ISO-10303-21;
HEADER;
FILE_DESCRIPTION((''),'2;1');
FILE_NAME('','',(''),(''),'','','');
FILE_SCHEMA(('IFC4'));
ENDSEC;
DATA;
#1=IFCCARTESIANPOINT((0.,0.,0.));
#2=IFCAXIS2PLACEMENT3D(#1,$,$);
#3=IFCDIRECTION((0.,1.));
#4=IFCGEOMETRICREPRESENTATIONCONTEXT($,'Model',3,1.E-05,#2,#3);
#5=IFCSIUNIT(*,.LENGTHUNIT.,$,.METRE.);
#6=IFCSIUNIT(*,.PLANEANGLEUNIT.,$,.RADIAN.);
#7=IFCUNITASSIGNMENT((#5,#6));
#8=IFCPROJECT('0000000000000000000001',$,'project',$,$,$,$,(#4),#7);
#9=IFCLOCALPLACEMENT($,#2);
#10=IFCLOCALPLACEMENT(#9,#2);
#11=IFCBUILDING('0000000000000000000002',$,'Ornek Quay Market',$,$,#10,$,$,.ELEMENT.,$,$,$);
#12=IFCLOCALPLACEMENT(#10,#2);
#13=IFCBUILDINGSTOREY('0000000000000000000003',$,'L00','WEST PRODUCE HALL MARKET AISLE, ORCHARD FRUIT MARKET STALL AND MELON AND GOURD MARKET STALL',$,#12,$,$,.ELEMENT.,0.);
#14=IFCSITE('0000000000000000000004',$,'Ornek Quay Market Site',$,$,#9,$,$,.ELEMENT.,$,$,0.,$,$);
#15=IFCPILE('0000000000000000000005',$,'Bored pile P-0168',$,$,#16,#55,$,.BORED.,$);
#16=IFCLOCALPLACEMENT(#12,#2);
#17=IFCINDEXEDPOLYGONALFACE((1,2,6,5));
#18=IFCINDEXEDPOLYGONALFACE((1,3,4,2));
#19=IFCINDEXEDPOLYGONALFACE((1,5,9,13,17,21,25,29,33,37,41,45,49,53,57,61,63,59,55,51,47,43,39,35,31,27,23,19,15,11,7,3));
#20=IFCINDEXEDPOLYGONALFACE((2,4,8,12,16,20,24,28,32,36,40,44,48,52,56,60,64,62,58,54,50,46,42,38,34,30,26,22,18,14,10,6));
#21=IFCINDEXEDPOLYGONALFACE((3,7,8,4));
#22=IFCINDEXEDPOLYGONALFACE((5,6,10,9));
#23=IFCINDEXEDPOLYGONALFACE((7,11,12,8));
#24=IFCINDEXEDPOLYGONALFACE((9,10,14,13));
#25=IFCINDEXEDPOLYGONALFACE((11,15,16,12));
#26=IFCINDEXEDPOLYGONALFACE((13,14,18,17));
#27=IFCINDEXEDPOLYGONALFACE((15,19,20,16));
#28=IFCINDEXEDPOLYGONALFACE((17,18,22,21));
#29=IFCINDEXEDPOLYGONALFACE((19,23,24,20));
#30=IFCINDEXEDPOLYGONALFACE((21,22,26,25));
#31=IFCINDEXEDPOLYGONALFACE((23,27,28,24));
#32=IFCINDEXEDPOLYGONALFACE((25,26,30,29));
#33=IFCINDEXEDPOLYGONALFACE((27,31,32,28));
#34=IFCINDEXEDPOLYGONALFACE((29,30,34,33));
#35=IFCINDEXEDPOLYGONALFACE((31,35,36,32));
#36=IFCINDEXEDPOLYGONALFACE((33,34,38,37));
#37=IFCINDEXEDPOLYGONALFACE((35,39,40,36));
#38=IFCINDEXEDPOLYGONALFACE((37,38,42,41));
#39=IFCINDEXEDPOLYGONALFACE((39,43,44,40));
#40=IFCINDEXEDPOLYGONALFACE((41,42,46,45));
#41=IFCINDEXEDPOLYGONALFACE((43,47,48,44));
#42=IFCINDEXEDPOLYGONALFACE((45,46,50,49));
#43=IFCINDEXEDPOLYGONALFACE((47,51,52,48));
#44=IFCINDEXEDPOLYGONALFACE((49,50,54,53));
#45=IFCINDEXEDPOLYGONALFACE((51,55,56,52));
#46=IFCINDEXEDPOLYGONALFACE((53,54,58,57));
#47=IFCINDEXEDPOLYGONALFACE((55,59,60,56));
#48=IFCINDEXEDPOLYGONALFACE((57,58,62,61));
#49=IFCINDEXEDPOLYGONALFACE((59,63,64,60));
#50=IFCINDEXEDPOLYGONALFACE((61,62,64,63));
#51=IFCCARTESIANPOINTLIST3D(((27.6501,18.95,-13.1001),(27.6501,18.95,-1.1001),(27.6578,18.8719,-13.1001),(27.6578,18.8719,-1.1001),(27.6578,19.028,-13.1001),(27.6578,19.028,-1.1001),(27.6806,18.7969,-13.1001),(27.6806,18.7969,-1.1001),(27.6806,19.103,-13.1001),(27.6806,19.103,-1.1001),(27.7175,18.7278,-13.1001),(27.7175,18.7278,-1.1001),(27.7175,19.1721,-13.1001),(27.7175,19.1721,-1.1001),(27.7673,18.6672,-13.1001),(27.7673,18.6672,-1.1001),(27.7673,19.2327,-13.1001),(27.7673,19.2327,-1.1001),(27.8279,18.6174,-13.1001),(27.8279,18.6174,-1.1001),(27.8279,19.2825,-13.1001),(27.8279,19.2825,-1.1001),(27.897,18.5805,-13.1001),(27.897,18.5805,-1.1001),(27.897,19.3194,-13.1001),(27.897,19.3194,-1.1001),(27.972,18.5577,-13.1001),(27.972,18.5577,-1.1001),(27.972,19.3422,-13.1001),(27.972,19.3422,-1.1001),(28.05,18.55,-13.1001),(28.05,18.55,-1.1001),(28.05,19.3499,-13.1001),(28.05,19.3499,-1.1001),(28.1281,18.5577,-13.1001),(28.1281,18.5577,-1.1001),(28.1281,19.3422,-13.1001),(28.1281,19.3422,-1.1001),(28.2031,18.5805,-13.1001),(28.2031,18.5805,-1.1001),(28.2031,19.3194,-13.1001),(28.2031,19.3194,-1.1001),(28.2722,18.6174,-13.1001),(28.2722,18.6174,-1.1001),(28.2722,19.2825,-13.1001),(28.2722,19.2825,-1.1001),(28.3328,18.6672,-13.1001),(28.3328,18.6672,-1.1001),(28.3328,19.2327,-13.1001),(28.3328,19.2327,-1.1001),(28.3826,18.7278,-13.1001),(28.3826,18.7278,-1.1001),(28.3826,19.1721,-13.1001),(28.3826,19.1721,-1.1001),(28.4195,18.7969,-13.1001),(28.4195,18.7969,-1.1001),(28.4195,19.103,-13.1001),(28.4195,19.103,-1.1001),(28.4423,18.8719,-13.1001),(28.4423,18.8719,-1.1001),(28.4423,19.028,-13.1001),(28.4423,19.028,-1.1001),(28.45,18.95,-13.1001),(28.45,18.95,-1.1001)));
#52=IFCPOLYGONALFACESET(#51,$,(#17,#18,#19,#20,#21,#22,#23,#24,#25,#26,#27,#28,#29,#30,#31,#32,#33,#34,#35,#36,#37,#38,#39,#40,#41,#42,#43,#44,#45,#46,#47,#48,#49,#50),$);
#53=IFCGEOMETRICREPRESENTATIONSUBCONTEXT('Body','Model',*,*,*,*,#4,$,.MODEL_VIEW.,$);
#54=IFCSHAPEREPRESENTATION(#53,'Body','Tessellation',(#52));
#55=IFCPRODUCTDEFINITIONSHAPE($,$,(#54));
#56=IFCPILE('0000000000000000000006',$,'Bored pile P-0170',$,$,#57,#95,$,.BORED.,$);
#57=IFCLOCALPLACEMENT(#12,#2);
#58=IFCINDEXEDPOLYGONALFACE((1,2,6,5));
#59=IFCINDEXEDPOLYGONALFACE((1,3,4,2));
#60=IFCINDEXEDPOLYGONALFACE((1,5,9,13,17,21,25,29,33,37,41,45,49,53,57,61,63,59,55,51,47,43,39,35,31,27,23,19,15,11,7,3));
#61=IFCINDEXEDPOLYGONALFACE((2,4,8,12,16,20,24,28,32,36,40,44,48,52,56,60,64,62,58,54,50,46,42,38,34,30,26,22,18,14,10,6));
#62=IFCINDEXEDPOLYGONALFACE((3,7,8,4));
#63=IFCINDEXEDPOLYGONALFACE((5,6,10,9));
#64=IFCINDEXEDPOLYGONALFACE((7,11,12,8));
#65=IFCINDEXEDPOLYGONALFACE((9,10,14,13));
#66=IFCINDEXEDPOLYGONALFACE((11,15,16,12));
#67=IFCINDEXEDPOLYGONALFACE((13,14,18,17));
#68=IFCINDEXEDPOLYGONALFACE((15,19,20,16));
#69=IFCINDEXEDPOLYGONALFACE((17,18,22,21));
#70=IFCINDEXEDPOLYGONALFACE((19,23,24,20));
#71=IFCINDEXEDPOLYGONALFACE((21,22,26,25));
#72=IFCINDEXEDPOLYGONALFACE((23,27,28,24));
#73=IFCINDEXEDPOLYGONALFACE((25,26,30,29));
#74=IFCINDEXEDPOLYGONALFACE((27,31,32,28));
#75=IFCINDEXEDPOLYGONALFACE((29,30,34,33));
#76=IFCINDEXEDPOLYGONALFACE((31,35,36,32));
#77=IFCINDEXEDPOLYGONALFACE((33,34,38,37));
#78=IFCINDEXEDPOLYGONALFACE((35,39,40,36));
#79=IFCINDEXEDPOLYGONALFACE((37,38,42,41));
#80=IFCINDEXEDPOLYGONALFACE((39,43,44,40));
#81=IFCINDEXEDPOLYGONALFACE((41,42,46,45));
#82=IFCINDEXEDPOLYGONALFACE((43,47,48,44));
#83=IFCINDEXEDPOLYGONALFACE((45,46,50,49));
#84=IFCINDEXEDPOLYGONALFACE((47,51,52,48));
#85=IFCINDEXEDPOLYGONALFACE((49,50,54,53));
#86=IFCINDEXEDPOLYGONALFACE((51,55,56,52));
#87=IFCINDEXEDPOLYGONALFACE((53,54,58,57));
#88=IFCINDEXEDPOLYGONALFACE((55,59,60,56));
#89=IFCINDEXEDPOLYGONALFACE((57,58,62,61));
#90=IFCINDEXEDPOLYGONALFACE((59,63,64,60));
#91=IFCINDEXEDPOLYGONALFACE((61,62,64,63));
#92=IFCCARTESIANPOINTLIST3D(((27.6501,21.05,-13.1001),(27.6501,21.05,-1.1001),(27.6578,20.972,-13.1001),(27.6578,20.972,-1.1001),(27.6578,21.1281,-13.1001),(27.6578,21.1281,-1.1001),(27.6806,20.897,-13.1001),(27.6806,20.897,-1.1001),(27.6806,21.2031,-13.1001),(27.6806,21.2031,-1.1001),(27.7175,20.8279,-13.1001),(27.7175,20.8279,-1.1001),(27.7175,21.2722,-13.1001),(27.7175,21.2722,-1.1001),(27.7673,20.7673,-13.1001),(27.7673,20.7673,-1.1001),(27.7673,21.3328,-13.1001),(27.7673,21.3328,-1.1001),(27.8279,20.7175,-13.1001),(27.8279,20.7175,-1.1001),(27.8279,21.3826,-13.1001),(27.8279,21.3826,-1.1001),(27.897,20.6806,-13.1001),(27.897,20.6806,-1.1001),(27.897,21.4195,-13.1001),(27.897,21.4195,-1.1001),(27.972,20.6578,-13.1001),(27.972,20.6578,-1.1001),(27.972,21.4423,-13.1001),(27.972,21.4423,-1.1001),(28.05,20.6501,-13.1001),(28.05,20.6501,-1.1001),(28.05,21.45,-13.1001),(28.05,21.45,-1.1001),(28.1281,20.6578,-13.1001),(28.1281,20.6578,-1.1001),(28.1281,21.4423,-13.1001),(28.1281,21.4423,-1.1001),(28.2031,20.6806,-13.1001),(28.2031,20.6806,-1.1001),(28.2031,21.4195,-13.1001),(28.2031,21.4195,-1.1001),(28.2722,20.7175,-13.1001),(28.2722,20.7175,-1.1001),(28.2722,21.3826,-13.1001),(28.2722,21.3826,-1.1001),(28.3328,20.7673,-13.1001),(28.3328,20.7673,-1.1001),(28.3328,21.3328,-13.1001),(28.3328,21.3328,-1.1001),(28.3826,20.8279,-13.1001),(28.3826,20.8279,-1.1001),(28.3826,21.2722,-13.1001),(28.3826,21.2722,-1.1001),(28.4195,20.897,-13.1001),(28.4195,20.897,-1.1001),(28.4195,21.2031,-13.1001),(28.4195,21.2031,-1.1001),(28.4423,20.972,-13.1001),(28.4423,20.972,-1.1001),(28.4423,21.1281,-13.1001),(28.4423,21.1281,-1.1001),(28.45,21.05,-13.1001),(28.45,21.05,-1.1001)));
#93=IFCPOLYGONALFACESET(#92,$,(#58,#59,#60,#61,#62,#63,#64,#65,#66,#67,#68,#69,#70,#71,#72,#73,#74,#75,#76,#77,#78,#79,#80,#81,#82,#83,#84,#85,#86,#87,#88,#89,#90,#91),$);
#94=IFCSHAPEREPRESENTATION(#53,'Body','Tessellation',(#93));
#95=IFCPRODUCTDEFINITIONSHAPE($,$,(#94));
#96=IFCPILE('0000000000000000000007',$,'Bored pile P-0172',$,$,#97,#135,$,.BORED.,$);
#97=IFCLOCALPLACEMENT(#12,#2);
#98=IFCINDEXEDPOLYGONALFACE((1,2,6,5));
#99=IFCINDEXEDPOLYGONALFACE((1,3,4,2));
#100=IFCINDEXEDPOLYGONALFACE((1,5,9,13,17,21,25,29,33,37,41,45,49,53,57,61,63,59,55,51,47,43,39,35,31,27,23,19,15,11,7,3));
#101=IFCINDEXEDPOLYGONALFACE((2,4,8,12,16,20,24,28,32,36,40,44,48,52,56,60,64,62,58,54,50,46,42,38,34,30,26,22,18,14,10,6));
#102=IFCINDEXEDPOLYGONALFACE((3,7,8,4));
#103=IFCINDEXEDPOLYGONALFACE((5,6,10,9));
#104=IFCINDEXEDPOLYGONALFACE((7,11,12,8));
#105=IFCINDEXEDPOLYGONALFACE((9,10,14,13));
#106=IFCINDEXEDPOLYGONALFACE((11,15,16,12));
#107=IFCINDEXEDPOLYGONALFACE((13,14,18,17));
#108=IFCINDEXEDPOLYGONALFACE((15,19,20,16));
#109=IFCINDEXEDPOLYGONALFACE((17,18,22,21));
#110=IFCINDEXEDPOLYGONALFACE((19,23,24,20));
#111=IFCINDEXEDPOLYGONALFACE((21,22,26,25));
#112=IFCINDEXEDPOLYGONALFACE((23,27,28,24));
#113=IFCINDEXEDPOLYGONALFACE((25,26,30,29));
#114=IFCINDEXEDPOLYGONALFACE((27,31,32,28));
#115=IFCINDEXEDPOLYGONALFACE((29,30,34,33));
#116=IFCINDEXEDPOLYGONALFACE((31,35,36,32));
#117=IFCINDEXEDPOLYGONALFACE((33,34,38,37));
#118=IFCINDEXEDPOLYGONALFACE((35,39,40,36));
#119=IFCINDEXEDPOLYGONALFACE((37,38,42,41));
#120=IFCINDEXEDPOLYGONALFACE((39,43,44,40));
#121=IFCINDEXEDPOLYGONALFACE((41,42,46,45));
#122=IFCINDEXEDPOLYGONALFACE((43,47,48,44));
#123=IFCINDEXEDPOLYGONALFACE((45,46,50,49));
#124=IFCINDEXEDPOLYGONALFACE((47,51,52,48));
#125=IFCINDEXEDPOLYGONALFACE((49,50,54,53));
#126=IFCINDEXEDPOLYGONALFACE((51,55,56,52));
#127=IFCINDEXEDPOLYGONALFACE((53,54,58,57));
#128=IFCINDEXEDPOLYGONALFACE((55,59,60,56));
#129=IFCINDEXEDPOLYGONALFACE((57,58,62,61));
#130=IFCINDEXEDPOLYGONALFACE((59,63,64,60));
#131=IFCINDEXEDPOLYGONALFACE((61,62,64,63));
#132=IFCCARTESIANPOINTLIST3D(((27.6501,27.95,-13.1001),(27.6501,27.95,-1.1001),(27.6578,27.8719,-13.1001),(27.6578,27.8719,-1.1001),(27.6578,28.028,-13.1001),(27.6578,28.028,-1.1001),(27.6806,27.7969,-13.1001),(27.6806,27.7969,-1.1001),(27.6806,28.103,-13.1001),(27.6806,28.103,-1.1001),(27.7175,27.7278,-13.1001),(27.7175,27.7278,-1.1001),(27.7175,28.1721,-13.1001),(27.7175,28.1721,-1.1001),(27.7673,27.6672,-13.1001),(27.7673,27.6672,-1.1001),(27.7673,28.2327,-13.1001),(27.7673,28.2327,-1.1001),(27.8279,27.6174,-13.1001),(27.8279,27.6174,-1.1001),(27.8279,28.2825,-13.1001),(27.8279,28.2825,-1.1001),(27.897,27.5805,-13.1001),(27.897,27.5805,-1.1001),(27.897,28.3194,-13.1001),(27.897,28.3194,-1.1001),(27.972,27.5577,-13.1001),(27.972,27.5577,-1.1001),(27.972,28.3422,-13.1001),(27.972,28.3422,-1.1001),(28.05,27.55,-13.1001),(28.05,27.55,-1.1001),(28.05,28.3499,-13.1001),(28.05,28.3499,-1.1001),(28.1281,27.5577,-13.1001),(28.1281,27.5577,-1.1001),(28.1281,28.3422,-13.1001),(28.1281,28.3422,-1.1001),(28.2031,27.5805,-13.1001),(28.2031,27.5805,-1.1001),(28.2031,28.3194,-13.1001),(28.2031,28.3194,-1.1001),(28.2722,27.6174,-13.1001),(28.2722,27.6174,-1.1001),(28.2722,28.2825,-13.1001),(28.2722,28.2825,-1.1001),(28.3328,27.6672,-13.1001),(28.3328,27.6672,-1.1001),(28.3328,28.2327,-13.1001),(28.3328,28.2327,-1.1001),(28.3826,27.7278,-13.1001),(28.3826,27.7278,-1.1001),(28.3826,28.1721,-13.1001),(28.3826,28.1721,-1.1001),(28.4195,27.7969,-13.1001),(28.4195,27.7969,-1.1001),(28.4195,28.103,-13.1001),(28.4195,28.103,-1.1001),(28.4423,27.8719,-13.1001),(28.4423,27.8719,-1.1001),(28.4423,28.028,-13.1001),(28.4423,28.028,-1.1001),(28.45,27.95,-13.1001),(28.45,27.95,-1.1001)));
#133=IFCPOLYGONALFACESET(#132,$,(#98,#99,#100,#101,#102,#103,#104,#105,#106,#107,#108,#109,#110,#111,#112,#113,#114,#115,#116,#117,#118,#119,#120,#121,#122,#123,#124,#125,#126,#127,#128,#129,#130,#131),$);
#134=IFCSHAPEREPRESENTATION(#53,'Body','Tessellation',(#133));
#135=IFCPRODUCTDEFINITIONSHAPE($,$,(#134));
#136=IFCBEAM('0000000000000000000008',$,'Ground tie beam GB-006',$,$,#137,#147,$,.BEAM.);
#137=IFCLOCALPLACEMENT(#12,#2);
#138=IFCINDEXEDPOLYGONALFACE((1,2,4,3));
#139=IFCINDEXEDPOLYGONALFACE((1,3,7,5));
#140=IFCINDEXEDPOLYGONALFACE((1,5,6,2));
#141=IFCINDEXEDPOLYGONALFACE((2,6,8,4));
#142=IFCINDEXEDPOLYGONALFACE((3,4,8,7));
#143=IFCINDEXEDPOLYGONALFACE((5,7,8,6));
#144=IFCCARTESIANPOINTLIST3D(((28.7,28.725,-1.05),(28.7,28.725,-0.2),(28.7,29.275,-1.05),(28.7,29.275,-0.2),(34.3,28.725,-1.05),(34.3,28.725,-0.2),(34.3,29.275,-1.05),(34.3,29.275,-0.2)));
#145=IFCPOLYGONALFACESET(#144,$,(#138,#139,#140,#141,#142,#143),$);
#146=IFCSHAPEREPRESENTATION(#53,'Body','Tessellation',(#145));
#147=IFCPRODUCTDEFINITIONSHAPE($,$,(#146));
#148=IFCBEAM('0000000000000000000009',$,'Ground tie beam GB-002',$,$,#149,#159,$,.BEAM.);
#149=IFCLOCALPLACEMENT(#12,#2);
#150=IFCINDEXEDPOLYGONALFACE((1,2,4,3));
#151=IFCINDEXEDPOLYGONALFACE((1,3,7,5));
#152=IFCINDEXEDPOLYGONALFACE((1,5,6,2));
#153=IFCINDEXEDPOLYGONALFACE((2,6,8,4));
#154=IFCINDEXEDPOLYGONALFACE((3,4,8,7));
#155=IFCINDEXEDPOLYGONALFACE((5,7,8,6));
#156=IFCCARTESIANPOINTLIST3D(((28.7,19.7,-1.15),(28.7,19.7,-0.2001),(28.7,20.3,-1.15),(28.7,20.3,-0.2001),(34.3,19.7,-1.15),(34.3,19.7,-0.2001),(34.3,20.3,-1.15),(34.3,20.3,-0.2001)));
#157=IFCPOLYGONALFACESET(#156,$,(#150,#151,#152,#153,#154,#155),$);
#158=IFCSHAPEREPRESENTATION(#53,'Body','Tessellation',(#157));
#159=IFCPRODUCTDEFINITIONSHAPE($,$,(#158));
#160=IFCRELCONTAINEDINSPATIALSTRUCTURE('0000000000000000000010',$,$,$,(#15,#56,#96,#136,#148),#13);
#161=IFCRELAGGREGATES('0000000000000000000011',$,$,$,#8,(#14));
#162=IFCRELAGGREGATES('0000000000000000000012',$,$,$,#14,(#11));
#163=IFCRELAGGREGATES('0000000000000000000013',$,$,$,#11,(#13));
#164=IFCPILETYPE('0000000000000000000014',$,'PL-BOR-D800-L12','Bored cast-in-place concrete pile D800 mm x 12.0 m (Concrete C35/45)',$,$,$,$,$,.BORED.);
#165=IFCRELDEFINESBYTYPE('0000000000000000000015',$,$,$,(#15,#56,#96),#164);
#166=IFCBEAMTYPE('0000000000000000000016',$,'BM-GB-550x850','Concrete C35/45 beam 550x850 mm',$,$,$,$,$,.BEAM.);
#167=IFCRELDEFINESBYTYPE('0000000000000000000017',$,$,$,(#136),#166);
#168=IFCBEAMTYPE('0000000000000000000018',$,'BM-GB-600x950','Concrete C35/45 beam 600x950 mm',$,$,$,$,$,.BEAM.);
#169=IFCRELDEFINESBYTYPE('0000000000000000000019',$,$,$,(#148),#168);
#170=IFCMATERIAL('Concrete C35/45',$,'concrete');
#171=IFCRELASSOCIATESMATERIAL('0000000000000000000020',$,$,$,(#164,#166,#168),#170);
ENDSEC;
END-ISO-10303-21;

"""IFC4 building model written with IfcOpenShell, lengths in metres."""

from ifc_helpers import new_model, si_unit, direction, frame, origin, origin_2d, place, context, subcontext, project, spatial, rectangle, circle, extrude, material, material_profile, profile_set, type_object, element, save


model = new_model("IFC4")

# Units and contexts
model_context = context("Model", 3, precision=1e-05, world=origin(), true_north=direction((0.0, 1.0)))
body_context = subcontext(model_context, "Body", "Model", "MODEL_VIEW")
ifc_project = project(units=[si_unit("LENGTHUNIT", "METRE"), si_unit("PLANEANGLEUNIT", "RADIAN")], contexts=[model_context])

# Site, building, storey
site_placement = place(None, origin())
site = spatial("IfcSite", under=ifc_project, at=site_placement, Name="Ornek Quay Market Site", CompositionType="ELEMENT", RefElevation=0.0)
building_placement = place(site_placement, origin())
building = spatial("IfcBuilding", under=site, at=building_placement, Name="Ornek Quay Market", CompositionType="ELEMENT")
storey_placement = place(building_placement, origin())
storey = spatial("IfcBuildingStorey", under=building, at=storey_placement, Name="L00", Description="WEST PRODUCE HALL MARKET AISLE, ORCHARD FRUIT MARKET STALL AND MELON AND GOURD MARKET STALL", CompositionType="ELEMENT", Elevation=0.0)

# Piles
ifc_material_1 = material(Name="Concrete C35/45", Category="concrete")
ifc_material_profile_1 = material_profile(ifc_material_1, circle(Radius=0.3999, at=origin_2d()), Name="PILE D800", Category="concrete")
ifc_profile_set_1 = profile_set([ifc_material_profile_1], Name="Concrete C35/45")
pile_type = type_object("IfcPileType", Name="PL-BOR-D800-L12", Description="Bored cast-in-place concrete pile D800 mm x 12.0 m (Concrete C35/45)", PredefinedType="BORED", material=ifc_profile_set_1)
for number, where, z_axis, x_axis, name in (
    (1, (28.05, 18.95, -1.1001), (0.0, 0.0, -1.0), (1.0, 0.0, 0.0), "Bored pile P-0168"),
    (2, (28.05, 21.05, -1.1001), (0.0, 0.0, -1.0), (1.0, 0.0, 0.0), "Bored pile P-0170"),
    (3, (28.05, 27.95, -1.1001), (0.0, 0.0, -1.0), (1.0, 0.0, 0.0), "Bored pile P-0172"),
):
    element("IfcPile", number, at=place(storey_placement, frame(where, z_axis=z_axis, x_axis=x_axis)), inside=storey, type_object=pile_type, Name=name, PredefinedType="BORED", context=body_context, shape_type="SweptSolid", body=[
        extrude(circle(Radius=0.3999, at=origin_2d()), origin(), (0.0, 0.0, 1.0), 12.0),
    ])

# Beams
ifc_material_profile_2 = material_profile(ifc_material_1, rectangle(XDim=0.55, YDim=0.8501, at=origin_2d()), Name="RC 550x850", Category="concrete")
ifc_profile_set_2 = profile_set([ifc_material_profile_2], Name="Concrete C35/45")
beam_type_1 = type_object("IfcBeamType", Name="BM-GB-550x850", Description="Concrete C35/45 beam 550x850 mm", PredefinedType="BEAM", material=ifc_profile_set_2)
beam_1_placement = place(storey_placement, frame((28.7, 29.0, -0.625), z_axis=(1.0, 0.0, 0.0), x_axis=(0.0, 1.0, 0.0)))
element("IfcBeam", 4, at=beam_1_placement, inside=storey, type_object=beam_type_1, Name="Ground tie beam GB-006", PredefinedType="BEAM", context=body_context, shape_type="SweptSolid", body=[
    extrude(rectangle(XDim=0.55, YDim=0.8501, at=origin_2d()), origin(), (0.0, 0.0, 1.0), 5.6001),
])
ifc_material_profile_3 = material_profile(ifc_material_1, rectangle(XDim=0.6001, YDim=0.95, at=origin_2d()), Name="RC 600x950", Category="concrete")
ifc_profile_set_3 = profile_set([ifc_material_profile_3], Name="Concrete C35/45")
beam_type_2 = type_object("IfcBeamType", Name="BM-GB-600x950", Description="Concrete C35/45 beam 600x950 mm", PredefinedType="BEAM", material=ifc_profile_set_3)
beam_2_placement = place(storey_placement, frame((28.7, 20.0, -0.675), z_axis=(1.0, 0.0, 0.0), x_axis=(0.0, 1.0, 0.0)))
element("IfcBeam", 5, at=beam_2_placement, inside=storey, type_object=beam_type_2, Name="Ground tie beam GB-002", PredefinedType="BEAM", context=body_context, shape_type="SweptSolid", body=[
    extrude(rectangle(XDim=0.6001, YDim=0.95, at=origin_2d()), origin(), (0.0, 0.0, 1.0), 5.6001),
])

save(model, "model.ifc")
